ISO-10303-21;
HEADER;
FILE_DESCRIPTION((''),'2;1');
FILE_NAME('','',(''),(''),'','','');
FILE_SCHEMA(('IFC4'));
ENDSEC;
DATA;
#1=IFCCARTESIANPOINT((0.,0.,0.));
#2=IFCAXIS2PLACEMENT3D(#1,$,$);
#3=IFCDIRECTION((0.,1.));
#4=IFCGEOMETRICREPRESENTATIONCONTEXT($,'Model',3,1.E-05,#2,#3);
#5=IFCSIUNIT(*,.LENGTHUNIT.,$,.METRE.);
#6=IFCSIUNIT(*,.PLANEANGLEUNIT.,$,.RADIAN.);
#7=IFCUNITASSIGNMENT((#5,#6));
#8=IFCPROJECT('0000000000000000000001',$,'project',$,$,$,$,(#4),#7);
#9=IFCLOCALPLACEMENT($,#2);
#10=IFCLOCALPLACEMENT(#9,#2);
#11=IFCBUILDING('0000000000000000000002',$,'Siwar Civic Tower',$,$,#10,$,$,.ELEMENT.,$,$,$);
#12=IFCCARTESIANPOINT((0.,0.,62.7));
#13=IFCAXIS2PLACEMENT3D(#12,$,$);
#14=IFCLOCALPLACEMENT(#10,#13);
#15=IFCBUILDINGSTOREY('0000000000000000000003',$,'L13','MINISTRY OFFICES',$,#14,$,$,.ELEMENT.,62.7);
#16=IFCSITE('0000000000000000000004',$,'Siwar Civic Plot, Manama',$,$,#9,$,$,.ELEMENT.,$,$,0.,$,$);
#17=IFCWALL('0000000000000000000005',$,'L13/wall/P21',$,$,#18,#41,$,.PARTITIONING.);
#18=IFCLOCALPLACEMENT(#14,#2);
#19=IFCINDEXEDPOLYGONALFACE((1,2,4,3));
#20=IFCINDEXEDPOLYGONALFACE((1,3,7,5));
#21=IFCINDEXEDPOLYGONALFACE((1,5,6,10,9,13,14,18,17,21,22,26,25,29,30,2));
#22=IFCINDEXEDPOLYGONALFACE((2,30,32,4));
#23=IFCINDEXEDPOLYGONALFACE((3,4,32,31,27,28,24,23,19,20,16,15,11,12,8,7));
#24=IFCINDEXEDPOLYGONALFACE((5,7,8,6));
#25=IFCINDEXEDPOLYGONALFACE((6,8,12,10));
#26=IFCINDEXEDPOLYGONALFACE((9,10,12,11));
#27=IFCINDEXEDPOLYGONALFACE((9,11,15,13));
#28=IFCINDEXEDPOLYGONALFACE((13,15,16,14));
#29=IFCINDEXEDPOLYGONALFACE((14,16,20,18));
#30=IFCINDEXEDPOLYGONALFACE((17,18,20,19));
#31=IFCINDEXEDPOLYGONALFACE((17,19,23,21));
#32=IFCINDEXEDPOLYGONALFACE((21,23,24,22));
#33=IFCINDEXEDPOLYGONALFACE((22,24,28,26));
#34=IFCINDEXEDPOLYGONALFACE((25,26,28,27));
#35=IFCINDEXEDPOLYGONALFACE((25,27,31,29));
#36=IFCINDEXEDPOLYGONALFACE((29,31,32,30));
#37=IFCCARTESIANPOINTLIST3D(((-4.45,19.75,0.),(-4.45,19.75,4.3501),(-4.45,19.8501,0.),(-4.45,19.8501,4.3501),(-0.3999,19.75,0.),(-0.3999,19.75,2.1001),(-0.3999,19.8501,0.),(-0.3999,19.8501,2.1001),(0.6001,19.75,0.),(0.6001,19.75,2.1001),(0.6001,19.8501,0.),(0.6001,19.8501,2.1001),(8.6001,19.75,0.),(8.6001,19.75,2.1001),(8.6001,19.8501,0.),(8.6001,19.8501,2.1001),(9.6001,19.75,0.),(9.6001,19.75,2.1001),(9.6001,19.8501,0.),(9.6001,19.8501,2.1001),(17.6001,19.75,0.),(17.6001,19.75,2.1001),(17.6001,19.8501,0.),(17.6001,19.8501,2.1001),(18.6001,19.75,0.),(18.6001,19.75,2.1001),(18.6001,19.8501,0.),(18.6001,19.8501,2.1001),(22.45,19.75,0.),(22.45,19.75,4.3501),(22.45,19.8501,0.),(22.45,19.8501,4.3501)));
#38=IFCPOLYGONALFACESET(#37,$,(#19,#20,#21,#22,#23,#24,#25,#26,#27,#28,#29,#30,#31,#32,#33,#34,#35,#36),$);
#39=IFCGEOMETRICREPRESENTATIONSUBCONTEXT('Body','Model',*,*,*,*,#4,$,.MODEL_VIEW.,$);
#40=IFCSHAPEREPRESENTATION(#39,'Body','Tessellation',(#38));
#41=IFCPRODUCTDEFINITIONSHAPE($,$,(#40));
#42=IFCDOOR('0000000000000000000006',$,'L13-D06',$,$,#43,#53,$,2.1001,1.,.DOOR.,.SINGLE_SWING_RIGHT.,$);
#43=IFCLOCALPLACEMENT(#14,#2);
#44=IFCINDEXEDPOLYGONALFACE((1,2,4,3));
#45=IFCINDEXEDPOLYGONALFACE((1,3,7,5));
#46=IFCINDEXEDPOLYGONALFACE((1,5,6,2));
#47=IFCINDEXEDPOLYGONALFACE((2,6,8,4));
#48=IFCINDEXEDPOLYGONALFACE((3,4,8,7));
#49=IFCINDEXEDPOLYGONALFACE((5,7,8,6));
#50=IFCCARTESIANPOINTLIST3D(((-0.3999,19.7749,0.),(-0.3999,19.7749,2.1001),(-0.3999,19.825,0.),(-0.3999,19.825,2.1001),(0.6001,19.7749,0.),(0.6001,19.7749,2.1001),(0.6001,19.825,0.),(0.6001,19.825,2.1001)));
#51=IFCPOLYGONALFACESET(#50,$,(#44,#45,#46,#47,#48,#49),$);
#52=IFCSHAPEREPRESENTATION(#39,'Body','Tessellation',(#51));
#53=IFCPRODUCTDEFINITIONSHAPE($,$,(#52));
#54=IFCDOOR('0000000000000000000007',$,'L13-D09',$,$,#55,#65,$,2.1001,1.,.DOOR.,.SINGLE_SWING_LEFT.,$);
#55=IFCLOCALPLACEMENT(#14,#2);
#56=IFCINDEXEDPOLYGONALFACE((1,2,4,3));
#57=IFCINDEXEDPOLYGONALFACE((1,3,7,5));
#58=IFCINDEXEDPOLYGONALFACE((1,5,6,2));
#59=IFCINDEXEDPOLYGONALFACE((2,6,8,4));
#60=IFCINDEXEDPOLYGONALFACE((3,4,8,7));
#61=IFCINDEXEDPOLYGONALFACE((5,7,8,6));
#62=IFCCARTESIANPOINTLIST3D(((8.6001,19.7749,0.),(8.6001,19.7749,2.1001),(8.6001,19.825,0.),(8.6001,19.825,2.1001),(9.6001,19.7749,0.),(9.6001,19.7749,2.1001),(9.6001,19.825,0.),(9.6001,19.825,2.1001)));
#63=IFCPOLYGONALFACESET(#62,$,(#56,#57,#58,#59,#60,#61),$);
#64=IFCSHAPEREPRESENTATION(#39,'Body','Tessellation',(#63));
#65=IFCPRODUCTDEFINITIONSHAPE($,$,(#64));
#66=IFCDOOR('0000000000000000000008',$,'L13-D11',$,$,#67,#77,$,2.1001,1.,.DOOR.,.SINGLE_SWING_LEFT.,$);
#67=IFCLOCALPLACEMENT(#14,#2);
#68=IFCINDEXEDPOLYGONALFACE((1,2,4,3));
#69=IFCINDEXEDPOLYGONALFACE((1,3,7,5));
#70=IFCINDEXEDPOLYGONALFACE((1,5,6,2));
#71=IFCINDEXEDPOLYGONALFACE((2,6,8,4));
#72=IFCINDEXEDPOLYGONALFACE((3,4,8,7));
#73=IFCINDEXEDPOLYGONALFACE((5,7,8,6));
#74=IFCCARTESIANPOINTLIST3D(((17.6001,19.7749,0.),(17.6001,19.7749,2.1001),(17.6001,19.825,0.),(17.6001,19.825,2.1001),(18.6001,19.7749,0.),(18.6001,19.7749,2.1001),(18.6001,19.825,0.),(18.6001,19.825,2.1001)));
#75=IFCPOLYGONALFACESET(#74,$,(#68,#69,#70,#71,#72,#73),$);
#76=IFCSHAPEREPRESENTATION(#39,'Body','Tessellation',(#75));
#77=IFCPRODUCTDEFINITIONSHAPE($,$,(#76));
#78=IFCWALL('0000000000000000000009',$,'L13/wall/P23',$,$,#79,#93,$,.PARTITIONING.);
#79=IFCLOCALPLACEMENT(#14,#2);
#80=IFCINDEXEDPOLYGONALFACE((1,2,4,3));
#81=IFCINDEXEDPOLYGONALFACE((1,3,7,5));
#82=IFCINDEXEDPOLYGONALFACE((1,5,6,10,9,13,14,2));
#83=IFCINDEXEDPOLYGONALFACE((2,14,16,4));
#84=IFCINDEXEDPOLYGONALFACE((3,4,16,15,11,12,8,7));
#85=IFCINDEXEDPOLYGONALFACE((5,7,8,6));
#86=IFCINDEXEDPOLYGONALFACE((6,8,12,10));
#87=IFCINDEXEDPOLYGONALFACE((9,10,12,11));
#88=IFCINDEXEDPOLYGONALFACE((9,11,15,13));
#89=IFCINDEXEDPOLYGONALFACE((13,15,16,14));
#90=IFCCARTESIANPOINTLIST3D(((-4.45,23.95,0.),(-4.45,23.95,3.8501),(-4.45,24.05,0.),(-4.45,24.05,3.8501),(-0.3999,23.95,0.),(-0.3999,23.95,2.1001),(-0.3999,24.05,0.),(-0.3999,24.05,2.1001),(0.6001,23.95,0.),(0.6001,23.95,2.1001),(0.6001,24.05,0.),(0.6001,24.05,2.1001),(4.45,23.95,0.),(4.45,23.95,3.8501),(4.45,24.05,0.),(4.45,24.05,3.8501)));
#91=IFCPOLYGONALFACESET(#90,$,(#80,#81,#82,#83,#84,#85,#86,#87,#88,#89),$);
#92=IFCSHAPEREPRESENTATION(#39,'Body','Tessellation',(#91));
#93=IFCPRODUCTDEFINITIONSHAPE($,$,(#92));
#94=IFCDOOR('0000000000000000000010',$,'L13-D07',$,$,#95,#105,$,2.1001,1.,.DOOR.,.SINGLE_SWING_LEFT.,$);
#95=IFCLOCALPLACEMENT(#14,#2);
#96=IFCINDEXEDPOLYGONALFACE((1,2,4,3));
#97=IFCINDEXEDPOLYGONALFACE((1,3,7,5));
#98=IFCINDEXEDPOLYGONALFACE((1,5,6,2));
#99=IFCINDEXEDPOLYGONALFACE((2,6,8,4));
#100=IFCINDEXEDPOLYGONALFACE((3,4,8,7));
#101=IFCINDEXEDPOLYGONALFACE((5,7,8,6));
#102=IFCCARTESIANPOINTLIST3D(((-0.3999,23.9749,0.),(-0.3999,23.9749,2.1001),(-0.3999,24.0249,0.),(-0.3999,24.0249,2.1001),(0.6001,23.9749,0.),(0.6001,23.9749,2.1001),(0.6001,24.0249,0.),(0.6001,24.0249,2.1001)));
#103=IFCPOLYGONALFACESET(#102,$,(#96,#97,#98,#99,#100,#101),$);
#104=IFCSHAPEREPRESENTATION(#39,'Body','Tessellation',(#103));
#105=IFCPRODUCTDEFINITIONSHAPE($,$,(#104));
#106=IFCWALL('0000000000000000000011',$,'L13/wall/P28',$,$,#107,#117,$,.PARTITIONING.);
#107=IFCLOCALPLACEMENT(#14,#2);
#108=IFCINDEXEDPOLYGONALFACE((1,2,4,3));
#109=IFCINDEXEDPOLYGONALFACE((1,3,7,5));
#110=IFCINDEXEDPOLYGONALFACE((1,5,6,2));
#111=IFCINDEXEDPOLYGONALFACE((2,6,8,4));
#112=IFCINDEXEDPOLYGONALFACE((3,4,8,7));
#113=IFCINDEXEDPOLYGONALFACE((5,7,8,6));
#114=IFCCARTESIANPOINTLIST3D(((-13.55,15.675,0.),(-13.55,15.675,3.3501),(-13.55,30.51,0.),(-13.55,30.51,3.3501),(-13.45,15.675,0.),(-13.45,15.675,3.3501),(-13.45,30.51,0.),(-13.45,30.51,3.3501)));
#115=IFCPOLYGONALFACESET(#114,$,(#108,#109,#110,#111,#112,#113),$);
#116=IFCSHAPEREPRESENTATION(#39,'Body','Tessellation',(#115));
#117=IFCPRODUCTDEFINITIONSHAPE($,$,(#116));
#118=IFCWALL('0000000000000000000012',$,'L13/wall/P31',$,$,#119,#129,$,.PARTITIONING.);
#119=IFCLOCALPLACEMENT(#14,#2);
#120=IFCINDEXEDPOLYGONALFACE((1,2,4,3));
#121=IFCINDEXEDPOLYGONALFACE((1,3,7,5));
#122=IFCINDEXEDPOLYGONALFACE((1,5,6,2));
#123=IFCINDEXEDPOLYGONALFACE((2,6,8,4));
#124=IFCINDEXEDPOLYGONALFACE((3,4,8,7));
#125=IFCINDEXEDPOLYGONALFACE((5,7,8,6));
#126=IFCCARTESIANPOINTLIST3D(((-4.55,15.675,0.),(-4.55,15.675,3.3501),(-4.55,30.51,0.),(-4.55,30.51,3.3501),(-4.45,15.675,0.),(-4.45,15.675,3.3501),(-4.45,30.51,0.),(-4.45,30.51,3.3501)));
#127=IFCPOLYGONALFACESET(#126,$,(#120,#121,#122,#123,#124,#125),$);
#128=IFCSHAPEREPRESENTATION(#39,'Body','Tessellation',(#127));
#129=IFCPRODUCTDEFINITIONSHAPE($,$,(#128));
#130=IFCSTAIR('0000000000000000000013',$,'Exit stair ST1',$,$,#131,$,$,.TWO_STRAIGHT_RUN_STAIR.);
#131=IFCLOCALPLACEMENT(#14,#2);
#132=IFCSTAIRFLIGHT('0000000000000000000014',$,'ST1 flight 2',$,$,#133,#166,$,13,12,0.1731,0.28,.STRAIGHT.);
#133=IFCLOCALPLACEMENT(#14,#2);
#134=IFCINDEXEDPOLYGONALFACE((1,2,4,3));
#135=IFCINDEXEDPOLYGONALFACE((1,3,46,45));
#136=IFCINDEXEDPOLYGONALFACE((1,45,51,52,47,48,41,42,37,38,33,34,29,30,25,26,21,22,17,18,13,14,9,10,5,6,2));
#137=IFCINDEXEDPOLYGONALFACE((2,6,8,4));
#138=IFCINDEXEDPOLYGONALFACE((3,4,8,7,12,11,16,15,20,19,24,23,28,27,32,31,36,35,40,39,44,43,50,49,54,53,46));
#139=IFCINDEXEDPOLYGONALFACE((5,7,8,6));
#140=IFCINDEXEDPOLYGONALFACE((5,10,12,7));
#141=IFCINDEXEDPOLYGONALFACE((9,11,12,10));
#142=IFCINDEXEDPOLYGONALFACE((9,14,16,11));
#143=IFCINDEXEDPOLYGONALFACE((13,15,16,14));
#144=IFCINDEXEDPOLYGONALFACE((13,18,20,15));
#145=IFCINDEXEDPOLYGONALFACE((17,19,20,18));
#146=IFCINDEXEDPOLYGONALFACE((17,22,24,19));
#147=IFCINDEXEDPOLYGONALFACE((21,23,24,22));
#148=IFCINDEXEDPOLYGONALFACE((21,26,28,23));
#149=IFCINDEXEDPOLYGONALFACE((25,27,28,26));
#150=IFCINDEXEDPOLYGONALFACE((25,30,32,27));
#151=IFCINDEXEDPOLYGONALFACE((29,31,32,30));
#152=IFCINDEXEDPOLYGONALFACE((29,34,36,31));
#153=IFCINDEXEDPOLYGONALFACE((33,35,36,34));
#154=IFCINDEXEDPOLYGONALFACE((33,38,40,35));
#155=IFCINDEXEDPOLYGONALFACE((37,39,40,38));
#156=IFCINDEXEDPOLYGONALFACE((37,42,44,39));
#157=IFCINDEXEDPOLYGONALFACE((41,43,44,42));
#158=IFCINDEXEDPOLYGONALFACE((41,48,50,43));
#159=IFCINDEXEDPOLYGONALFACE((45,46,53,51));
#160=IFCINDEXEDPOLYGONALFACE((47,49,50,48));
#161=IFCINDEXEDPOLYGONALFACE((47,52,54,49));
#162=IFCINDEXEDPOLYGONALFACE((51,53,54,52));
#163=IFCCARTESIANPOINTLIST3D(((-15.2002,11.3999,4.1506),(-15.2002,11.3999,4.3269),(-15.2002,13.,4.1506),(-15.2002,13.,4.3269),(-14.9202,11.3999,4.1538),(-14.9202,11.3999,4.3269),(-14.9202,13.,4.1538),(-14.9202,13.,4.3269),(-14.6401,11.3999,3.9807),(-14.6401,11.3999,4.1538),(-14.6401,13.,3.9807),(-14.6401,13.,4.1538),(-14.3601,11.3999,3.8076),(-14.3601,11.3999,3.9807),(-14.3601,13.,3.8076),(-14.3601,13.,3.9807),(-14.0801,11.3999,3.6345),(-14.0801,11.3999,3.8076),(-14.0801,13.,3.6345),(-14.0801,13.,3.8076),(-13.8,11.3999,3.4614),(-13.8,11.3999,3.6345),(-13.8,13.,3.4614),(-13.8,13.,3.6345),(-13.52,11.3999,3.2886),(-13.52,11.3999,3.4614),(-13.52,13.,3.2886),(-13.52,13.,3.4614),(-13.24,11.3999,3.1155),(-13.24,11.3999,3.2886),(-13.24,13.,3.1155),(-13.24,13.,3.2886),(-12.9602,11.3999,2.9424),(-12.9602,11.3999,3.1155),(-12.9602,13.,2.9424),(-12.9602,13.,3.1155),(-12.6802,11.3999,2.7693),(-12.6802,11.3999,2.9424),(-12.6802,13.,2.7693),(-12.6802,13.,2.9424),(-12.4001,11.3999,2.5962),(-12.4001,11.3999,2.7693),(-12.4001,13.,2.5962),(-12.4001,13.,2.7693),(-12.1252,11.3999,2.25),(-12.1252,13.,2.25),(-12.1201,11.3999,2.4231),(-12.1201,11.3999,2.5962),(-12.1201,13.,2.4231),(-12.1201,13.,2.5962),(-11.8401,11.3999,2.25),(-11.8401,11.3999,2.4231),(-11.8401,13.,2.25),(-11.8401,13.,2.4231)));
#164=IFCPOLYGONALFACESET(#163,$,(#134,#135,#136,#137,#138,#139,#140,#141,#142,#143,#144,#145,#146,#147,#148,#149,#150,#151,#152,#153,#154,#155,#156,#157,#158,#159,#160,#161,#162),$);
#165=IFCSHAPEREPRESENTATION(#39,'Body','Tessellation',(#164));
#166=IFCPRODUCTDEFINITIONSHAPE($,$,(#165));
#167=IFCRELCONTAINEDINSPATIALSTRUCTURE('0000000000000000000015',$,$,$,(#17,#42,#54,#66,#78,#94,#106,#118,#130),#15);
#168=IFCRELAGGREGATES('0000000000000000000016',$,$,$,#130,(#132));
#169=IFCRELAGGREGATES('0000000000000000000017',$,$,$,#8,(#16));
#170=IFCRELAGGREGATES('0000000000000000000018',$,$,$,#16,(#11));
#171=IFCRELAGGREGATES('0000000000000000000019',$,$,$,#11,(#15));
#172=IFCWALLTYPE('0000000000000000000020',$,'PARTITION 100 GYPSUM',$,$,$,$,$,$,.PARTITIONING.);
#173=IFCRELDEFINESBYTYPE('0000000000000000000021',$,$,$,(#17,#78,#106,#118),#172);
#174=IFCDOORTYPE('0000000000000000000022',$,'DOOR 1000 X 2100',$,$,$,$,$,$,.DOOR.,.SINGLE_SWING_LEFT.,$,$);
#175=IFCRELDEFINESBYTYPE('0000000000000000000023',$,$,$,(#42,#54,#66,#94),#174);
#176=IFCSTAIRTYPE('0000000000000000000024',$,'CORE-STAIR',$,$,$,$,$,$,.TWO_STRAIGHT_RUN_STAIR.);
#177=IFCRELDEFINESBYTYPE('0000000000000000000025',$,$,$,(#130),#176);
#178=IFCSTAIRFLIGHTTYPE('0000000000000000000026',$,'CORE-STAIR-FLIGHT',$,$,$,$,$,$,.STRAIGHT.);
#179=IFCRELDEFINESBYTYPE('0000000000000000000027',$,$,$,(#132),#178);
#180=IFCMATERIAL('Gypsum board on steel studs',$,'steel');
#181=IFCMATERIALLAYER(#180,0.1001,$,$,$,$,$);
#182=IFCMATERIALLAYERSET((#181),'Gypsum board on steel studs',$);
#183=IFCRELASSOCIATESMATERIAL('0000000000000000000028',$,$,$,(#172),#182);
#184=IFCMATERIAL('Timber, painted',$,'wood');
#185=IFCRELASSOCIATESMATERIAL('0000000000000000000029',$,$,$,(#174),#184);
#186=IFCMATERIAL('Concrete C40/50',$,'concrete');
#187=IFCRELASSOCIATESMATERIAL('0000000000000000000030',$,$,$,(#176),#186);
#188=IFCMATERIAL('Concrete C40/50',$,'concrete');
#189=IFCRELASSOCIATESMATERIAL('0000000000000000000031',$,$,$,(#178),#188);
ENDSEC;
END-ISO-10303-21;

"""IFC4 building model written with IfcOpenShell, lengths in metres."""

from ifc_helpers import new_model, si_unit, direction, frame, frame_2d, origin, place, context, subcontext, project, spatial, polyline, rectangle, outline, extrude, material, layer, layer_set, type_object, element, fill, aggregate, save


model = new_model("IFC4")

# Units and contexts
model_context = context("Model", 3, precision=1e-05, world=origin(), true_north=direction((0.0, 1.0)))
body_context = subcontext(model_context, "Body", "Model", "MODEL_VIEW")
ifc_project = project(units=[si_unit("LENGTHUNIT", "METRE"), si_unit("PLANEANGLEUNIT", "RADIAN")], contexts=[model_context])

# Site, building, storey
site_placement = place(None, origin())
site = spatial("IfcSite", under=ifc_project, at=site_placement, Name="Siwar Civic Plot, Manama", CompositionType="ELEMENT", RefElevation=0.0)
building_placement = place(site_placement, origin())
building = spatial("IfcBuilding", under=site, at=building_placement, Name="Siwar Civic Tower", CompositionType="ELEMENT")
storey_placement = place(building_placement, frame((0.0, 0.0, 62.7)))
storey = spatial("IfcBuildingStorey", under=building, at=storey_placement, Name="L13", Description="MINISTRY OFFICES", CompositionType="ELEMENT", Elevation=62.7)

# Wall, openings, doors
ifc_material_1 = material(Name="Gypsum board on steel studs", Category="steel")
ifc_layer_1 = layer(ifc_material_1, 0.1001)
ifc_layer_set_1 = layer_set([ifc_layer_1], Name="Gypsum board on steel studs")
wall_type_1 = type_object("IfcWallType", Name="PARTITION 100 GYPSUM", PredefinedType="PARTITIONING", material=ifc_layer_set_1)
wall_1_placement = place(storey_placement, frame((-4.45, 19.8, 0.0), z_axis=(0.0, 0.0, 1.0), x_axis=(1.0, 0.0, 0.0)))
wall_1 = element("IfcWall", 1, at=wall_1_placement, inside=storey, type_object=wall_type_1, Name="L13/wall/P21", PredefinedType="PARTITIONING", context=body_context, shape_type="SweptSolid", body=[
    extrude(rectangle(XDim=26.8999, YDim=0.1001, at=frame_2d((13.45, 0.0))), origin(), (0.0, 0.0, 1.0), 4.3501),
])
opening_1_placement = place(wall_1_placement, frame((4.05, 0.0, 0.0)))
opening_1 = element("IfcOpeningElement", 2, at=opening_1_placement, cuts=wall_1, PredefinedType="OPENING", context=body_context, shape_type="SweptSolid", body=[
    extrude(rectangle(XDim=1.0, YDim=2.1001, at=frame_2d((0.5, 1.05))), frame((0.0, 0.0601, 0.0), z_axis=(0.0, -1.0, 0.0), x_axis=(1.0, 0.0, 0.0)), (0.0, 0.0, 1.0), 0.1201),
])
opening_2_placement = place(wall_1_placement, frame((13.05, 0.0, 0.0)))
opening_2 = element("IfcOpeningElement", 3, at=opening_2_placement, cuts=wall_1, PredefinedType="OPENING", context=body_context, shape_type="SweptSolid", body=[
    extrude(rectangle(XDim=1.0, YDim=2.1001, at=frame_2d((0.5, 1.05))), frame((0.0, 0.0601, 0.0), z_axis=(0.0, -1.0, 0.0), x_axis=(1.0, 0.0, 0.0)), (0.0, 0.0, 1.0), 0.1201),
])
opening_3_placement = place(wall_1_placement, frame((22.05, 0.0, 0.0)))
opening_3 = element("IfcOpeningElement", 4, at=opening_3_placement, cuts=wall_1, PredefinedType="OPENING", context=body_context, shape_type="SweptSolid", body=[
    extrude(rectangle(XDim=1.0, YDim=2.1001, at=frame_2d((0.5, 1.05))), frame((0.0, 0.0601, 0.0), z_axis=(0.0, -1.0, 0.0), x_axis=(1.0, 0.0, 0.0)), (0.0, 0.0, 1.0), 0.1201),
])
ifc_material_2 = material(Name="Timber, painted", Category="wood")
door_type_1 = type_object("IfcDoorType", Name="DOOR 1000 X 2100", OperationType="SINGLE_SWING_LEFT", PredefinedType="DOOR", material=ifc_material_2)
door_1_placement = place(opening_1_placement, origin())
door_1 = element("IfcDoor", 5, at=door_1_placement, inside=storey, type_object=door_type_1, Name="L13-D06", OperationType="SINGLE_SWING_RIGHT", OverallHeight=2.1001, OverallWidth=1.0, PredefinedType="DOOR", context=body_context, shape_type="SweptSolid", body=[
    extrude(rectangle(XDim=1.0, YDim=2.1001, at=frame_2d((0.5, 1.05))), frame((0.0, 0.0249, 0.0), z_axis=(0.0, -1.0, 0.0), x_axis=(1.0, 0.0, 0.0)), (0.0, 0.0, 1.0), 0.05),
])
fill(opening_1, door_1)
door_2_placement = place(opening_2_placement, origin())
door_2 = element("IfcDoor", 6, at=door_2_placement, inside=storey, type_object=door_type_1, Name="L13-D09", OperationType="SINGLE_SWING_LEFT", OverallHeight=2.1001, OverallWidth=1.0, PredefinedType="DOOR", context=body_context, shape_type="SweptSolid", body=[
    extrude(rectangle(XDim=1.0, YDim=2.1001, at=frame_2d((0.5, 1.05))), frame((0.0, 0.0249, 0.0), z_axis=(0.0, -1.0, 0.0), x_axis=(1.0, 0.0, 0.0)), (0.0, 0.0, 1.0), 0.05),
])
fill(opening_2, door_2)
door_3_placement = place(opening_3_placement, origin())
door_3 = element("IfcDoor", 7, at=door_3_placement, inside=storey, type_object=door_type_1, Name="L13-D11", OperationType="SINGLE_SWING_LEFT", OverallHeight=2.1001, OverallWidth=1.0, PredefinedType="DOOR", context=body_context, shape_type="SweptSolid", body=[
    extrude(rectangle(XDim=1.0, YDim=2.1001, at=frame_2d((0.5, 1.05))), frame((0.0, 0.0249, 0.0), z_axis=(0.0, -1.0, 0.0), x_axis=(1.0, 0.0, 0.0)), (0.0, 0.0, 1.0), 0.05),
])
fill(opening_3, door_3)

# Wall, opening, door
wall_2_placement = place(storey_placement, frame((-4.45, 24.0, 0.0), z_axis=(0.0, 0.0, 1.0), x_axis=(1.0, 0.0, 0.0)))
wall_2 = element("IfcWall", 8, at=wall_2_placement, inside=storey, type_object=wall_type_1, Name="L13/wall/P23", PredefinedType="PARTITIONING", context=body_context, shape_type="SweptSolid", body=[
    extrude(rectangle(XDim=8.8999, YDim=0.1001, at=frame_2d((4.45, 0.0))), origin(), (0.0, 0.0, 1.0), 3.8501),
])
opening_4_placement = place(wall_2_placement, frame((4.05, 0.0, 0.0)))
opening_4 = element("IfcOpeningElement", 9, at=opening_4_placement, cuts=wall_2, PredefinedType="OPENING", context=body_context, shape_type="SweptSolid", body=[
    extrude(rectangle(XDim=1.0, YDim=2.1001, at=frame_2d((0.5, 1.05))), frame((0.0, 0.0601, 0.0), z_axis=(0.0, -1.0, 0.0), x_axis=(1.0, 0.0, 0.0)), (0.0, 0.0, 1.0), 0.1201),
])
door_4_placement = place(opening_4_placement, origin())
door_4 = element("IfcDoor", 10, at=door_4_placement, inside=storey, type_object=door_type_1, Name="L13-D07", OperationType="SINGLE_SWING_LEFT", OverallHeight=2.1001, OverallWidth=1.0, PredefinedType="DOOR", context=body_context, shape_type="SweptSolid", body=[
    extrude(rectangle(XDim=1.0, YDim=2.1001, at=frame_2d((0.5, 1.05))), frame((0.0, 0.0249, 0.0), z_axis=(0.0, -1.0, 0.0), x_axis=(1.0, 0.0, 0.0)), (0.0, 0.0, 1.0), 0.05),
])
fill(opening_4, door_4)

# Walls
for number, where, z_axis, x_axis, name in (
    (11, (-13.5, 15.675, 0.0), (0.0, 0.0, 1.0), (0.0, 1.0, 0.0), "L13/wall/P28"),
    (12, (-4.5, 15.675, 0.0), (0.0, 0.0, 1.0), (0.0, 1.0, 0.0), "L13/wall/P31"),
):
    element("IfcWall", number, at=place(storey_placement, frame(where, z_axis=z_axis, x_axis=x_axis)), inside=storey, type_object=wall_type_1, Name=name, PredefinedType="PARTITIONING", context=body_context, shape_type="SweptSolid", body=[
        extrude(rectangle(XDim=14.835, YDim=0.1001, at=frame_2d((7.4175, 0.0))), origin(), (0.0, 0.0, 1.0), 3.3501),
    ])

# Stair, stair flight
ifc_material_3 = material(Name="Concrete C40/50", Category="concrete")
stair_type = type_object("IfcStairType", Name="CORE-STAIR", PredefinedType="TWO_STRAIGHT_RUN_STAIR", material=ifc_material_3)
stair_placement = place(storey_placement, origin())
stair = element("IfcStair", 13, at=stair_placement, inside=storey, type_object=stair_type, Name="Exit stair ST1", PredefinedType="TWO_STRAIGHT_RUN_STAIR")
ifc_material_4 = material(Name="Concrete C40/50", Category="concrete")
stair_flight_type = type_object("IfcStairFlightType", Name="CORE-STAIR-FLIGHT", PredefinedType="STRAIGHT", material=ifc_material_4)
stair_flight_placement = place(storey_placement, frame((-11.8401, 12.2, 2.25), z_axis=(0.0, 0.0, 1.0), x_axis=(-1.0, 0.0, 0.0)))
stair_flight = element("IfcStairFlight", 14, at=stair_flight_placement, type_object=stair_flight_type, Name="ST1 flight 2", NumberOfRisers=13, NumberOfTreads=12, PredefinedType="STRAIGHT", RiserHeight=0.1731, TreadLength=0.28, context=body_context, shape_type="SweptSolid", body=[
    extrude(outline(polyline([(0.0, 0.0), (0.0, 0.1731), (0.28, 0.1731), (0.28, 0.3462), (0.5601, 0.3462), (0.5601, 0.5193), (0.8401, 0.5193), (0.8401, 0.6924), (1.1201, 0.6924), (1.1201, 0.8655), (1.3999, 0.8655), (1.3999, 1.0386), (1.6799, 1.0386), (1.6799, 1.2114), (1.96, 1.2114), (1.96, 1.3845), (2.24, 1.3845), (2.24, 1.5576), (2.52, 1.5576), (2.52, 1.7307), (2.8, 1.7307), (2.8, 1.9038), (3.0801, 1.9038), (3.0801, 2.0769), (3.3601, 2.0769), (3.3601, 2.25), (3.3601, 1.9006), (0.2852, 0.0), (0.0, 0.0)])), frame((0.0, 0.8, 0.0), z_axis=(0.0, -1.0, 0.0), x_axis=(1.0, 0.0, 0.0)), (0.0, 0.0, 1.0), 1.6001),
])
aggregate(stair, [stair_flight])

save(model, "model.ifc")
